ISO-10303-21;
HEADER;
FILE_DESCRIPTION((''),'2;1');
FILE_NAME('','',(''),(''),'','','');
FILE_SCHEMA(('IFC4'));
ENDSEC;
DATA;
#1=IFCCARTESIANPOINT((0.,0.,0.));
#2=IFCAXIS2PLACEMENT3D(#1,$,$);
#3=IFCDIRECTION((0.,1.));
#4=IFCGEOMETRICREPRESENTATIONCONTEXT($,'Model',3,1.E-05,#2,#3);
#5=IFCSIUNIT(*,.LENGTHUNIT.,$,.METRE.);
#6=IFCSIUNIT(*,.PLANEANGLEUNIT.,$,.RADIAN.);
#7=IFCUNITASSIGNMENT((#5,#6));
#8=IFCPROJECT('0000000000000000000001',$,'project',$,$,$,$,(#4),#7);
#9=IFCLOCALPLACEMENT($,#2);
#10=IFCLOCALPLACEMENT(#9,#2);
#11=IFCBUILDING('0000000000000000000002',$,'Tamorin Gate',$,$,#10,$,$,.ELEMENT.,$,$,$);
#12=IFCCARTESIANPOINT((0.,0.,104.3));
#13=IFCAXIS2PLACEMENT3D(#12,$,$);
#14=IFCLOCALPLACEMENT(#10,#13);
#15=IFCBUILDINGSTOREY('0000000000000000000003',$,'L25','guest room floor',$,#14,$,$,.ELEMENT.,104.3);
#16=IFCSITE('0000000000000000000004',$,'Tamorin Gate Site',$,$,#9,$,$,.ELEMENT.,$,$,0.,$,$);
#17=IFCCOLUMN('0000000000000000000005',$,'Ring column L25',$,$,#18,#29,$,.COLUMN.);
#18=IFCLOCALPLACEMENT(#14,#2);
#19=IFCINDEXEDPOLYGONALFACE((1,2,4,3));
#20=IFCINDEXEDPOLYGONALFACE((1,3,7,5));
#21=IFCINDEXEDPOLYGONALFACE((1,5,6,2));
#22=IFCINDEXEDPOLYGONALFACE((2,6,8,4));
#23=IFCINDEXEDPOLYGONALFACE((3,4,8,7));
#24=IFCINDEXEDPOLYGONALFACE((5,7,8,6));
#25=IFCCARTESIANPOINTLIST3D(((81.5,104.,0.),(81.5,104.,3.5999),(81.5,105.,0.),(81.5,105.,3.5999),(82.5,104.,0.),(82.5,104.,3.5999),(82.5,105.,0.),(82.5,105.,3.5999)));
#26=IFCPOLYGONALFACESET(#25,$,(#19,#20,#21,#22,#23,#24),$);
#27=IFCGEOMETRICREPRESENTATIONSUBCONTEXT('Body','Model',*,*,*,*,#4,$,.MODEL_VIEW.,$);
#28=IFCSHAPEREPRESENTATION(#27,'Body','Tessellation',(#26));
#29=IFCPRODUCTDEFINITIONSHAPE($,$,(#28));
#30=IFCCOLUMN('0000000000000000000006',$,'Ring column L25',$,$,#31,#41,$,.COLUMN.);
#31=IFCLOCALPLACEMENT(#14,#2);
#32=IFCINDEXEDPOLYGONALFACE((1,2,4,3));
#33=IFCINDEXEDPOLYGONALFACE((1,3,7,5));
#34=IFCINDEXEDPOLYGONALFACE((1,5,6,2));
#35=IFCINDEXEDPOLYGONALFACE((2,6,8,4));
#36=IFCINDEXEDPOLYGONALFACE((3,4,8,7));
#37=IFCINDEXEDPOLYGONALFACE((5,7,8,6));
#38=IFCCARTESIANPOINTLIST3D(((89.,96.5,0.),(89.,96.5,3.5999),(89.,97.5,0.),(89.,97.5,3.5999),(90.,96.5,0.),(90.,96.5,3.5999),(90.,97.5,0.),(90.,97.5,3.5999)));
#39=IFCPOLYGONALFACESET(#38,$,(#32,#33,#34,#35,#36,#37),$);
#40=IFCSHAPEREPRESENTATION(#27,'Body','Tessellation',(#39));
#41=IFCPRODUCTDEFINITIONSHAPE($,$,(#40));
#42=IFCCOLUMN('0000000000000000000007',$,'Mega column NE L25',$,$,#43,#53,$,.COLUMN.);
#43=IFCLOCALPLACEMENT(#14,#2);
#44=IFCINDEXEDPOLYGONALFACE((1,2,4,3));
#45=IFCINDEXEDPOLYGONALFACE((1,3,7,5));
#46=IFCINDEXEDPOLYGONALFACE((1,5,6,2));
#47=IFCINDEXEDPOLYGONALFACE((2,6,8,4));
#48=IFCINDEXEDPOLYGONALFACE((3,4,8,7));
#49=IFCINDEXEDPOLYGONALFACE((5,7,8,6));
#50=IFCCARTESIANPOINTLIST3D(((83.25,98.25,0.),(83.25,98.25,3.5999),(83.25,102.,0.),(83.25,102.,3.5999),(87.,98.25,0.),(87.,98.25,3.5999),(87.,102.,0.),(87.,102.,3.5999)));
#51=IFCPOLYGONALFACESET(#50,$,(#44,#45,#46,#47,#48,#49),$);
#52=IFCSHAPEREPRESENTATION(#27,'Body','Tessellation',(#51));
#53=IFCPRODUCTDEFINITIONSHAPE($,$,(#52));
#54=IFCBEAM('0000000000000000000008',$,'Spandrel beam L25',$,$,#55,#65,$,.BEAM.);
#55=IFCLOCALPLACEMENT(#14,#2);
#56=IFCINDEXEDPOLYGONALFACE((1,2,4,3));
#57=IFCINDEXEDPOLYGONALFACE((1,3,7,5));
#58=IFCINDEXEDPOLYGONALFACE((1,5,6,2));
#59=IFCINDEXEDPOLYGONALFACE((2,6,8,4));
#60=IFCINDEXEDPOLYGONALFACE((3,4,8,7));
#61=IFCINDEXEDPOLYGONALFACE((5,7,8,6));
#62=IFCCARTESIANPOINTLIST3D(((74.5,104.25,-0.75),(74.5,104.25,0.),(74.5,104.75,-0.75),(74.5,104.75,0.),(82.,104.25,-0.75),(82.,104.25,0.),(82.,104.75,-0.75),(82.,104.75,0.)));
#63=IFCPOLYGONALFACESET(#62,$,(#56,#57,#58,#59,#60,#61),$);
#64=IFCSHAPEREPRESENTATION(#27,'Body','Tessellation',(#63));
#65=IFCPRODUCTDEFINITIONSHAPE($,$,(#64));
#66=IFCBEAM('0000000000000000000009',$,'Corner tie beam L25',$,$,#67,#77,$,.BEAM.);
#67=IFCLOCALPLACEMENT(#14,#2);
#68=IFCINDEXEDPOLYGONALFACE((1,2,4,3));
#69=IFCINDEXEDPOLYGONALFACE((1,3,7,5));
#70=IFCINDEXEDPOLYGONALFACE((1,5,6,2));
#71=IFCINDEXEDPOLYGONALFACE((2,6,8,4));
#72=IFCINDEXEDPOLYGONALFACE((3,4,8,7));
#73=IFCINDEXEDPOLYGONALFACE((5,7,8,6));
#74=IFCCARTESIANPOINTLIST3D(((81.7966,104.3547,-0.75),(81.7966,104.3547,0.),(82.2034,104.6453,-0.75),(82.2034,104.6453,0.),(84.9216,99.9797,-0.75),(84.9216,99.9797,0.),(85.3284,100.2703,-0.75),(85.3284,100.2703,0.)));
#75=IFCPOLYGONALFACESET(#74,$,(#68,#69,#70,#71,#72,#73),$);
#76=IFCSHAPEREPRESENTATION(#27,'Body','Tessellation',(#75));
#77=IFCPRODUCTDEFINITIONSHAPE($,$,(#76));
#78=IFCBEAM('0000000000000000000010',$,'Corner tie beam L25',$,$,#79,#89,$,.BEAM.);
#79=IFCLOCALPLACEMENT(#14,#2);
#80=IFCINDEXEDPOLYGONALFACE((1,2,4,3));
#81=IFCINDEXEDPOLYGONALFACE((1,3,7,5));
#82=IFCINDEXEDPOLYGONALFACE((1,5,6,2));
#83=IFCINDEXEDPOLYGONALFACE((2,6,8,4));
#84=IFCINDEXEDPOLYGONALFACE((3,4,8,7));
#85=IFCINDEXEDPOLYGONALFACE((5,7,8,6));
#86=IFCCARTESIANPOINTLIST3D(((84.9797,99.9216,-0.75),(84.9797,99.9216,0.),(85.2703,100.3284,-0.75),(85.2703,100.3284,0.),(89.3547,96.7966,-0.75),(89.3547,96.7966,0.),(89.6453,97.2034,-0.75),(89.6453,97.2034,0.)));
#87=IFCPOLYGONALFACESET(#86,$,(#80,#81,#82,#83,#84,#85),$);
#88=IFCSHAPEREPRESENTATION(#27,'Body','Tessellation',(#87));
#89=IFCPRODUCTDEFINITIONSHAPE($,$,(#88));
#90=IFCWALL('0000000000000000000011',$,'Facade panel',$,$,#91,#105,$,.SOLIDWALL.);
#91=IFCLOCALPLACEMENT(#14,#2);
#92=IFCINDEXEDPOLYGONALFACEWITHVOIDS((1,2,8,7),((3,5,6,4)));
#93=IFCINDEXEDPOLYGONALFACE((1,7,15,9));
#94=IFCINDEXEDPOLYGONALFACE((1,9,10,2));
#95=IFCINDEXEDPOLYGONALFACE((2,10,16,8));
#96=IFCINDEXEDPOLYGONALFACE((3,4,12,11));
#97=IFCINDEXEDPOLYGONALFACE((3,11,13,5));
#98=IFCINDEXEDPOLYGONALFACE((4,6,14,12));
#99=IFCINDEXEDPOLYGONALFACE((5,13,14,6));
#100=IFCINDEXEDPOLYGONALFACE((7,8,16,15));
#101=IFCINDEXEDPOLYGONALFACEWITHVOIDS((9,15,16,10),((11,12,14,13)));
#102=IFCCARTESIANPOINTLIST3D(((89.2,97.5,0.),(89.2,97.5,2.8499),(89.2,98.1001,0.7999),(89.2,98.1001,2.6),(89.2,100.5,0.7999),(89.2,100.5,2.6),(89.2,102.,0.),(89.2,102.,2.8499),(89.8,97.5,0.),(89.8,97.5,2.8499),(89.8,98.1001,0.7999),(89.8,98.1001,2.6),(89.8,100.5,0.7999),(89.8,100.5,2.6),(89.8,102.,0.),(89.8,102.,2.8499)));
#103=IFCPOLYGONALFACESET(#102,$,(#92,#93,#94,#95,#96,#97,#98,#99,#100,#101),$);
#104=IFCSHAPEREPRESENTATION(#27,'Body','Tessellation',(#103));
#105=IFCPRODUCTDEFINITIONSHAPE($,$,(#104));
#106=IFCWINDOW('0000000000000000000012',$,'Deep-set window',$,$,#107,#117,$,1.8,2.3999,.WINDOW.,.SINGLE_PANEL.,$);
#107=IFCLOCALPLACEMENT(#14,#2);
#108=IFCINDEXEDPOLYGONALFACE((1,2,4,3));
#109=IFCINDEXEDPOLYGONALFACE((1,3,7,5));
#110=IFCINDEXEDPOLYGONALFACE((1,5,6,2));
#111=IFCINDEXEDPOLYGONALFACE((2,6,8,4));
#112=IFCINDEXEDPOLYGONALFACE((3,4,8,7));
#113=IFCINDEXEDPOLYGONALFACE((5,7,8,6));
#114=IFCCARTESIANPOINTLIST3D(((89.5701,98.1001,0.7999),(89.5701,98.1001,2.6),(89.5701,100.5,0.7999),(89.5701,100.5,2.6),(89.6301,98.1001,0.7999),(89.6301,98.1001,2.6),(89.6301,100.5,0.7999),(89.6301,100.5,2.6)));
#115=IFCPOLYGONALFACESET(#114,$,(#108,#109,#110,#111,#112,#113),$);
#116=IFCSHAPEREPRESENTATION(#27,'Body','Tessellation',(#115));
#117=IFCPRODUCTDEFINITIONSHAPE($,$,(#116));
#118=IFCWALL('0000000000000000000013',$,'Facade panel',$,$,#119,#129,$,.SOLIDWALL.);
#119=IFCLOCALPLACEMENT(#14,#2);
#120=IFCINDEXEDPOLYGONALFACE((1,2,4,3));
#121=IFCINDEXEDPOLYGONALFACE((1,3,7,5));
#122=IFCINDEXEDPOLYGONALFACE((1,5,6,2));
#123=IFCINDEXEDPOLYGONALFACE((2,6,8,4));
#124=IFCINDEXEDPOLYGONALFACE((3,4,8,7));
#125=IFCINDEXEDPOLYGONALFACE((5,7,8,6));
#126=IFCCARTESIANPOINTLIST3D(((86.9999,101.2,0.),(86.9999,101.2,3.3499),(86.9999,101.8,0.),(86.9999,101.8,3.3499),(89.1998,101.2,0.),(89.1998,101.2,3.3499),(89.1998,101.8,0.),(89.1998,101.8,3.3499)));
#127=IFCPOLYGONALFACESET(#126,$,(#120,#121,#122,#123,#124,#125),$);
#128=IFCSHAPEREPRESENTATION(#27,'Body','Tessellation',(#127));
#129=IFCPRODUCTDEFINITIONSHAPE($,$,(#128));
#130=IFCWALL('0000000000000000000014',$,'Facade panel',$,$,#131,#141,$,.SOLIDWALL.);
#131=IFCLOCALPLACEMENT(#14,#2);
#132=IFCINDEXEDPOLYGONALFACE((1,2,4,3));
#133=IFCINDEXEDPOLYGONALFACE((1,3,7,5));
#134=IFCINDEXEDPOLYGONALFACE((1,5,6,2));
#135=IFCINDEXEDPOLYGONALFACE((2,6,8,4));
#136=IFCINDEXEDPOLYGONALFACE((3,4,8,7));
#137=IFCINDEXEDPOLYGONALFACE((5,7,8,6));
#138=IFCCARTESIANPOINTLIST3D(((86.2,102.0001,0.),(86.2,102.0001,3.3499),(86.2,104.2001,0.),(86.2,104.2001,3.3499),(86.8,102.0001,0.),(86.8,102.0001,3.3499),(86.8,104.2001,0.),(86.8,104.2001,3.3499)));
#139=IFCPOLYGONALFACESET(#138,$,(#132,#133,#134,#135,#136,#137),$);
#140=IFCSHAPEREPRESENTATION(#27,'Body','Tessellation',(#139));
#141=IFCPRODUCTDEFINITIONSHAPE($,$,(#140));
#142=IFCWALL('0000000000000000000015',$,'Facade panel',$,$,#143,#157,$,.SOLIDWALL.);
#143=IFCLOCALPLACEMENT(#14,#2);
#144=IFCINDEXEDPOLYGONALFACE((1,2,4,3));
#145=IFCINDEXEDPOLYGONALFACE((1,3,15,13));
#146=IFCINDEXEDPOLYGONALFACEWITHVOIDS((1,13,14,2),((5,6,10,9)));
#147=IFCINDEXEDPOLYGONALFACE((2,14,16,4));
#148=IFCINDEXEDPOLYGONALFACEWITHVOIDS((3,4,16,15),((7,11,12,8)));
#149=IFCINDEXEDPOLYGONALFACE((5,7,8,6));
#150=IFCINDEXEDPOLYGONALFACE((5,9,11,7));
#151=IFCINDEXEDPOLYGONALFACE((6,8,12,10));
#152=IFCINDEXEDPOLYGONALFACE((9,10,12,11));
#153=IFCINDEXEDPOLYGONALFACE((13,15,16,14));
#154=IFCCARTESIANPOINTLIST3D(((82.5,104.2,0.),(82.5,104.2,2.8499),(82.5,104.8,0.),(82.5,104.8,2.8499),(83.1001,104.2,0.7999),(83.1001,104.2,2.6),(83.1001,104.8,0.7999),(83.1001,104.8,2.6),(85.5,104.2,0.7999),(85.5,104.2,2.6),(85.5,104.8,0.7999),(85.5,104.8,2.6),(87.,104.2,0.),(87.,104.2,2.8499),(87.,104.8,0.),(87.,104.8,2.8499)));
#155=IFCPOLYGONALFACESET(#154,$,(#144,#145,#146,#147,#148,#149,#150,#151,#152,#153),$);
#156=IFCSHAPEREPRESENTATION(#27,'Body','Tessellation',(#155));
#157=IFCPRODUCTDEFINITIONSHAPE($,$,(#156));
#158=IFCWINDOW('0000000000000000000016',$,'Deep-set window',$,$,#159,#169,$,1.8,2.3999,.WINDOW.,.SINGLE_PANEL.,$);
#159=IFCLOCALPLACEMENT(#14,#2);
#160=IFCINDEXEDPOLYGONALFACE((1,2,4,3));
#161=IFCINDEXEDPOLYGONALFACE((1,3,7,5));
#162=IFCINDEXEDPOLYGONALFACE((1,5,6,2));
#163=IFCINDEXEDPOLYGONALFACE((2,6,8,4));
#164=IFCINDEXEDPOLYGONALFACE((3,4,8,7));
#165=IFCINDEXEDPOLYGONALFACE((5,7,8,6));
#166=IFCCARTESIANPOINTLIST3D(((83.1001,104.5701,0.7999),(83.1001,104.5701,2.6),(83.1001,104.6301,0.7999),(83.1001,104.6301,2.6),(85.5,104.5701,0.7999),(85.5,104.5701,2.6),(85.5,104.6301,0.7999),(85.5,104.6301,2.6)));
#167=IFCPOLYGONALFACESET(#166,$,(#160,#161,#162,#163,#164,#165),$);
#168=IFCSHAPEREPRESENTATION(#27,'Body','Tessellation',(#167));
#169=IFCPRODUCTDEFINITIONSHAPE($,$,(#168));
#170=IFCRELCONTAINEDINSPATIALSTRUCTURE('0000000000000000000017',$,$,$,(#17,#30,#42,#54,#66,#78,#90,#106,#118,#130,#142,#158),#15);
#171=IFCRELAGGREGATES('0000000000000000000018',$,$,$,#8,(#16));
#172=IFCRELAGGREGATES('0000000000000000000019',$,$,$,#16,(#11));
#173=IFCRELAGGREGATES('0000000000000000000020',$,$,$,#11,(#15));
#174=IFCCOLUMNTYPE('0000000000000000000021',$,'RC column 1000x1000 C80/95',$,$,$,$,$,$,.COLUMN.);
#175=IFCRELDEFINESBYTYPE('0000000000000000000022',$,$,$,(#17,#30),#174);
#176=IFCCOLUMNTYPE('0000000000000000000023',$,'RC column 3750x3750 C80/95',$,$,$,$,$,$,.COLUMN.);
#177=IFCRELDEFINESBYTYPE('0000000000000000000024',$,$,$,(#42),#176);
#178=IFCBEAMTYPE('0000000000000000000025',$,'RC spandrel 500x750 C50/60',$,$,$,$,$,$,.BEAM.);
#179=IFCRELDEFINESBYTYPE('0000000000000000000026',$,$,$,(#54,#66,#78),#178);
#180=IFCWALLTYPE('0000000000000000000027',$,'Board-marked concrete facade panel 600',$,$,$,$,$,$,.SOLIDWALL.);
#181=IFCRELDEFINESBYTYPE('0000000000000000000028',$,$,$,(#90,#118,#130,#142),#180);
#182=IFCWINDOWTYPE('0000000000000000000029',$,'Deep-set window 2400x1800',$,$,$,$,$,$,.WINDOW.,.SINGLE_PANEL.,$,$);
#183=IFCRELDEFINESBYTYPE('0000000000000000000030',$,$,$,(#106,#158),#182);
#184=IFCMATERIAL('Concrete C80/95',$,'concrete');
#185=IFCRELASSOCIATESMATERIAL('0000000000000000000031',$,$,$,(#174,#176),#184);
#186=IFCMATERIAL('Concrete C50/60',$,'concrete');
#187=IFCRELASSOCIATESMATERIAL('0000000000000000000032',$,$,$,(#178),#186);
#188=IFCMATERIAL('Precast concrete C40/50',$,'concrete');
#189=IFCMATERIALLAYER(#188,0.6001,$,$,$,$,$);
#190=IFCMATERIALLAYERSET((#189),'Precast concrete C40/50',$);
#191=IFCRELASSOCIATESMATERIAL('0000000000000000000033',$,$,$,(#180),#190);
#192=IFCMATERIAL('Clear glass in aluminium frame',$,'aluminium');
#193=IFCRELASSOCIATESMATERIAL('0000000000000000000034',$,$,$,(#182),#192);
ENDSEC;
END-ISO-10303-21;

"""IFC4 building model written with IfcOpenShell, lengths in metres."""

from ifc_helpers import new_model, si_unit, direction, frame, frame_2d, origin, origin_2d, place, context, subcontext, project, spatial, rectangle, extrude, material, layer, layer_set, material_profile, profile_set, type_object, element, fill, save


model = new_model("IFC4")

# Units and contexts
model_context = context("Model", 3, precision=1e-05, world=origin(), true_north=direction((0.0, 1.0)))
body_context = subcontext(model_context, "Body", "Model", "MODEL_VIEW")
ifc_project = project(units=[si_unit("LENGTHUNIT", "METRE"), si_unit("PLANEANGLEUNIT", "RADIAN")], contexts=[model_context])

# Site, building, storey
site_placement = place(None, origin())
site = spatial("IfcSite", under=ifc_project, at=site_placement, Name="Tamorin Gate Site", CompositionType="ELEMENT", RefElevation=0.0)
building_placement = place(site_placement, origin())
building = spatial("IfcBuilding", under=site, at=building_placement, Name="Tamorin Gate", CompositionType="ELEMENT")
storey_placement = place(building_placement, frame((0.0, 0.0, 104.3)))
storey = spatial("IfcBuildingStorey", under=building, at=storey_placement, Name="L25", Description="guest room floor", CompositionType="ELEMENT", Elevation=104.3)

# Columns
ifc_material_1 = material(Name="Concrete C80/95", Category="concrete")
ifc_material_profile_1 = material_profile(ifc_material_1, rectangle(XDim=1.0, YDim=1.0, at=origin_2d()), Name="RC 1000x1000")
ifc_profile_set_1 = profile_set([ifc_material_profile_1], Name="Concrete C80/95")
column_type_1 = type_object("IfcColumnType", Name="RC column 1000x1000 C80/95", PredefinedType="COLUMN", material=ifc_profile_set_1)
for number, where, z_axis, x_axis, name in (
    (1, (82.0, 104.5, 0.0), (0.0, 0.0, 1.0), (1.0, 0.0, 0.0), "Ring column L25"),
    (2, (89.5, 97.0, 0.0), (0.0, 0.0, 1.0), (1.0, 0.0, 0.0), "Ring column L25"),
):
    element("IfcColumn", number, at=place(storey_placement, frame(where, z_axis=z_axis, x_axis=x_axis)), inside=storey, type_object=column_type_1, Name=name, PredefinedType="COLUMN", context=body_context, shape_type="SweptSolid", body=[
        extrude(rectangle(XDim=1.0, YDim=1.0, at=origin_2d()), origin(), (0.0, 0.0, 1.0), 3.5999),
    ])
ifc_material_profile_2 = material_profile(ifc_material_1, rectangle(XDim=3.75, YDim=3.75, at=origin_2d()), Name="RC 3750x3750")
ifc_profile_set_2 = profile_set([ifc_material_profile_2], Name="Concrete C80/95")
column_type_2 = type_object("IfcColumnType", Name="RC column 3750x3750 C80/95", PredefinedType="COLUMN", material=ifc_profile_set_2)
column_placement = place(storey_placement, frame((85.125, 100.125, 0.0), z_axis=(0.0, 0.0, 1.0), x_axis=(1.0, 0.0, 0.0)))
element("IfcColumn", 3, at=column_placement, inside=storey, type_object=column_type_2, Name="Mega column NE L25", PredefinedType="COLUMN", context=body_context, shape_type="SweptSolid", body=[
    extrude(rectangle(XDim=3.75, YDim=3.75, at=origin_2d()), origin(), (0.0, 0.0, 1.0), 3.5999),
])

# Beams
ifc_material_2 = material(Name="Concrete C50/60", Category="concrete")
ifc_material_profile_3 = material_profile(ifc_material_2, rectangle(XDim=0.5, YDim=0.75, at=origin_2d()), Name="RC 500x750")
ifc_profile_set_3 = profile_set([ifc_material_profile_3], Name="Concrete C50/60")
beam_type = type_object("IfcBeamType", Name="RC spandrel 500x750 C50/60", PredefinedType="BEAM", material=ifc_profile_set_3)
beam_placement = place(storey_placement, frame((82.0, 104.5, -0.375), z_axis=(-1.0, 0.0, 0.0), x_axis=(0.0, -1.0, 0.0)))
element("IfcBeam", 4, at=beam_placement, inside=storey, type_object=beam_type, Name="Spandrel beam L25", PredefinedType="BEAM", context=body_context, shape_type="SweptSolid", body=[
    extrude(rectangle(XDim=0.5, YDim=0.75, at=origin_2d()), origin(), (0.0, 0.0, 1.0), 7.5),
])
for number, where, z_axis, x_axis, name in (
    (5, (85.125, 100.125, -0.375), (-0.581238, 0.813733, 0.0), (-0.813733, -0.581238, 0.0), "Corner tie beam L25"),
    (6, (85.125, 100.125, -0.375), (0.813733, -0.581238, 0.0), (0.581238, 0.813733, 0.0), "Corner tie beam L25"),
):
    element("IfcBeam", number, at=place(storey_placement, frame(where, z_axis=z_axis, x_axis=x_axis)), inside=storey, type_object=beam_type, Name=name, PredefinedType="BEAM", context=body_context, shape_type="SweptSolid", body=[
        extrude(rectangle(XDim=0.5, YDim=0.75, at=origin_2d()), origin(), (0.0, 0.0, 1.0), 5.3765),
    ])

# Wall, opening, window
ifc_material_3 = material(Name="Precast concrete C40/50", Category="concrete")
ifc_layer_1 = layer(ifc_material_3, 0.6001)
ifc_layer_set_1 = layer_set([ifc_layer_1], Name="Precast concrete C40/50")
wall_type_1 = type_object("IfcWallType", Name="Board-marked concrete facade panel 600", PredefinedType="SOLIDWALL", material=ifc_layer_set_1)
wall_1_placement = place(storey_placement, frame((89.5, 97.5, 0.0), z_axis=(0.0, 0.0, 1.0), x_axis=(0.0, 1.0, 0.0)))
wall_1 = element("IfcWall", 7, at=wall_1_placement, inside=storey, type_object=wall_type_1, Name="Facade panel", PredefinedType="SOLIDWALL", context=body_context, shape_type="SweptSolid", body=[
    extrude(rectangle(XDim=4.5, YDim=0.6001, at=frame_2d((2.25, 0.0))), origin(), (0.0, 0.0, 1.0), 2.8499),
])
opening_1_placement = place(wall_1_placement, frame((0.6001, 0.0, 0.8)))
opening_1 = element("IfcOpeningElement", 8, at=opening_1_placement, cuts=wall_1, PredefinedType="OPENING", context=body_context, shape_type="SweptSolid", body=[
    extrude(rectangle(XDim=2.3999, YDim=1.8, at=frame_2d((1.2, 0.8999))), frame((0.0, 0.3101, 0.0), z_axis=(0.0, -1.0, 0.0), x_axis=(1.0, 0.0, 0.0)), (0.0, 0.0, 1.0), 0.6201),
])
ifc_material_4 = material(Name="Clear glass in aluminium frame", Category="aluminium")
window_type = type_object("IfcWindowType", Name="Deep-set window 2400x1800", PartitioningType="SINGLE_PANEL", PredefinedType="WINDOW", material=ifc_material_4)
window_1_placement = place(opening_1_placement, origin())
window_1 = element("IfcWindow", 9, at=window_1_placement, inside=storey, type_object=window_type, Name="Deep-set window", OverallHeight=1.8, OverallWidth=2.3999, PartitioningType="SINGLE_PANEL", PredefinedType="WINDOW", context=body_context, shape_type="SweptSolid", body=[
    extrude(rectangle(XDim=2.3999, YDim=1.8, at=frame_2d((1.2, 0.8999))), frame((0.0, -0.0701, 0.0), z_axis=(0.0, -1.0, 0.0), x_axis=(1.0, 0.0, 0.0)), (0.0, 0.0, 1.0), 0.0601),
])
fill(opening_1, window_1)

# Walls
for number, where, z_axis, x_axis, name in (
    (10, (89.2, 101.5, 0.0), (0.0, 0.0, 1.0), (-1.0, 0.0, 0.0), "Facade panel"),
    (11, (86.5, 102.0, 0.0), (0.0, 0.0, 1.0), (0.0, 1.0, 0.0), "Facade panel"),
):
    element("IfcWall", number, at=place(storey_placement, frame(where, z_axis=z_axis, x_axis=x_axis)), inside=storey, type_object=wall_type_1, Name=name, PredefinedType="SOLIDWALL", context=body_context, shape_type="SweptSolid", body=[
        extrude(rectangle(XDim=2.2, YDim=0.6001, at=frame_2d((1.1001, 0.0))), origin(), (0.0, 0.0, 1.0), 3.3499),
    ])

# Wall, opening, window
wall_2_placement = place(storey_placement, frame((87.0, 104.5, 0.0), z_axis=(0.0, 0.0, 1.0), x_axis=(-1.0, 0.0, 0.0)))
wall_2 = element("IfcWall", 12, at=wall_2_placement, inside=storey, type_object=wall_type_1, Name="Facade panel", PredefinedType="SOLIDWALL", context=body_context, shape_type="SweptSolid", body=[
    extrude(rectangle(XDim=4.5, YDim=0.6001, at=frame_2d((2.25, 0.0))), origin(), (0.0, 0.0, 1.0), 2.8499),
])
opening_2_placement = place(wall_2_placement, frame((1.5, 0.0, 0.8)))
opening_2 = element("IfcOpeningElement", 13, at=opening_2_placement, cuts=wall_2, PredefinedType="OPENING", context=body_context, shape_type="SweptSolid", body=[
    extrude(rectangle(XDim=2.3999, YDim=1.8, at=frame_2d((1.2, 0.8999))), frame((0.0, 0.3101, 0.0), z_axis=(0.0, -1.0, 0.0), x_axis=(1.0, 0.0, 0.0)), (0.0, 0.0, 1.0), 0.6201),
])
window_2_placement = place(opening_2_placement, origin())
window_2 = element("IfcWindow", 14, at=window_2_placement, inside=storey, type_object=window_type, Name="Deep-set window", OverallHeight=1.8, OverallWidth=2.3999, PartitioningType="SINGLE_PANEL", PredefinedType="WINDOW", context=body_context, shape_type="SweptSolid", body=[
    extrude(rectangle(XDim=2.3999, YDim=1.8, at=frame_2d((1.2, 0.8999))), frame((0.0, -0.0701, 0.0), z_axis=(0.0, -1.0, 0.0), x_axis=(1.0, 0.0, 0.0)), (0.0, 0.0, 1.0), 0.0601),
])
fill(opening_2, window_2)

save(model, "model.ifc")
